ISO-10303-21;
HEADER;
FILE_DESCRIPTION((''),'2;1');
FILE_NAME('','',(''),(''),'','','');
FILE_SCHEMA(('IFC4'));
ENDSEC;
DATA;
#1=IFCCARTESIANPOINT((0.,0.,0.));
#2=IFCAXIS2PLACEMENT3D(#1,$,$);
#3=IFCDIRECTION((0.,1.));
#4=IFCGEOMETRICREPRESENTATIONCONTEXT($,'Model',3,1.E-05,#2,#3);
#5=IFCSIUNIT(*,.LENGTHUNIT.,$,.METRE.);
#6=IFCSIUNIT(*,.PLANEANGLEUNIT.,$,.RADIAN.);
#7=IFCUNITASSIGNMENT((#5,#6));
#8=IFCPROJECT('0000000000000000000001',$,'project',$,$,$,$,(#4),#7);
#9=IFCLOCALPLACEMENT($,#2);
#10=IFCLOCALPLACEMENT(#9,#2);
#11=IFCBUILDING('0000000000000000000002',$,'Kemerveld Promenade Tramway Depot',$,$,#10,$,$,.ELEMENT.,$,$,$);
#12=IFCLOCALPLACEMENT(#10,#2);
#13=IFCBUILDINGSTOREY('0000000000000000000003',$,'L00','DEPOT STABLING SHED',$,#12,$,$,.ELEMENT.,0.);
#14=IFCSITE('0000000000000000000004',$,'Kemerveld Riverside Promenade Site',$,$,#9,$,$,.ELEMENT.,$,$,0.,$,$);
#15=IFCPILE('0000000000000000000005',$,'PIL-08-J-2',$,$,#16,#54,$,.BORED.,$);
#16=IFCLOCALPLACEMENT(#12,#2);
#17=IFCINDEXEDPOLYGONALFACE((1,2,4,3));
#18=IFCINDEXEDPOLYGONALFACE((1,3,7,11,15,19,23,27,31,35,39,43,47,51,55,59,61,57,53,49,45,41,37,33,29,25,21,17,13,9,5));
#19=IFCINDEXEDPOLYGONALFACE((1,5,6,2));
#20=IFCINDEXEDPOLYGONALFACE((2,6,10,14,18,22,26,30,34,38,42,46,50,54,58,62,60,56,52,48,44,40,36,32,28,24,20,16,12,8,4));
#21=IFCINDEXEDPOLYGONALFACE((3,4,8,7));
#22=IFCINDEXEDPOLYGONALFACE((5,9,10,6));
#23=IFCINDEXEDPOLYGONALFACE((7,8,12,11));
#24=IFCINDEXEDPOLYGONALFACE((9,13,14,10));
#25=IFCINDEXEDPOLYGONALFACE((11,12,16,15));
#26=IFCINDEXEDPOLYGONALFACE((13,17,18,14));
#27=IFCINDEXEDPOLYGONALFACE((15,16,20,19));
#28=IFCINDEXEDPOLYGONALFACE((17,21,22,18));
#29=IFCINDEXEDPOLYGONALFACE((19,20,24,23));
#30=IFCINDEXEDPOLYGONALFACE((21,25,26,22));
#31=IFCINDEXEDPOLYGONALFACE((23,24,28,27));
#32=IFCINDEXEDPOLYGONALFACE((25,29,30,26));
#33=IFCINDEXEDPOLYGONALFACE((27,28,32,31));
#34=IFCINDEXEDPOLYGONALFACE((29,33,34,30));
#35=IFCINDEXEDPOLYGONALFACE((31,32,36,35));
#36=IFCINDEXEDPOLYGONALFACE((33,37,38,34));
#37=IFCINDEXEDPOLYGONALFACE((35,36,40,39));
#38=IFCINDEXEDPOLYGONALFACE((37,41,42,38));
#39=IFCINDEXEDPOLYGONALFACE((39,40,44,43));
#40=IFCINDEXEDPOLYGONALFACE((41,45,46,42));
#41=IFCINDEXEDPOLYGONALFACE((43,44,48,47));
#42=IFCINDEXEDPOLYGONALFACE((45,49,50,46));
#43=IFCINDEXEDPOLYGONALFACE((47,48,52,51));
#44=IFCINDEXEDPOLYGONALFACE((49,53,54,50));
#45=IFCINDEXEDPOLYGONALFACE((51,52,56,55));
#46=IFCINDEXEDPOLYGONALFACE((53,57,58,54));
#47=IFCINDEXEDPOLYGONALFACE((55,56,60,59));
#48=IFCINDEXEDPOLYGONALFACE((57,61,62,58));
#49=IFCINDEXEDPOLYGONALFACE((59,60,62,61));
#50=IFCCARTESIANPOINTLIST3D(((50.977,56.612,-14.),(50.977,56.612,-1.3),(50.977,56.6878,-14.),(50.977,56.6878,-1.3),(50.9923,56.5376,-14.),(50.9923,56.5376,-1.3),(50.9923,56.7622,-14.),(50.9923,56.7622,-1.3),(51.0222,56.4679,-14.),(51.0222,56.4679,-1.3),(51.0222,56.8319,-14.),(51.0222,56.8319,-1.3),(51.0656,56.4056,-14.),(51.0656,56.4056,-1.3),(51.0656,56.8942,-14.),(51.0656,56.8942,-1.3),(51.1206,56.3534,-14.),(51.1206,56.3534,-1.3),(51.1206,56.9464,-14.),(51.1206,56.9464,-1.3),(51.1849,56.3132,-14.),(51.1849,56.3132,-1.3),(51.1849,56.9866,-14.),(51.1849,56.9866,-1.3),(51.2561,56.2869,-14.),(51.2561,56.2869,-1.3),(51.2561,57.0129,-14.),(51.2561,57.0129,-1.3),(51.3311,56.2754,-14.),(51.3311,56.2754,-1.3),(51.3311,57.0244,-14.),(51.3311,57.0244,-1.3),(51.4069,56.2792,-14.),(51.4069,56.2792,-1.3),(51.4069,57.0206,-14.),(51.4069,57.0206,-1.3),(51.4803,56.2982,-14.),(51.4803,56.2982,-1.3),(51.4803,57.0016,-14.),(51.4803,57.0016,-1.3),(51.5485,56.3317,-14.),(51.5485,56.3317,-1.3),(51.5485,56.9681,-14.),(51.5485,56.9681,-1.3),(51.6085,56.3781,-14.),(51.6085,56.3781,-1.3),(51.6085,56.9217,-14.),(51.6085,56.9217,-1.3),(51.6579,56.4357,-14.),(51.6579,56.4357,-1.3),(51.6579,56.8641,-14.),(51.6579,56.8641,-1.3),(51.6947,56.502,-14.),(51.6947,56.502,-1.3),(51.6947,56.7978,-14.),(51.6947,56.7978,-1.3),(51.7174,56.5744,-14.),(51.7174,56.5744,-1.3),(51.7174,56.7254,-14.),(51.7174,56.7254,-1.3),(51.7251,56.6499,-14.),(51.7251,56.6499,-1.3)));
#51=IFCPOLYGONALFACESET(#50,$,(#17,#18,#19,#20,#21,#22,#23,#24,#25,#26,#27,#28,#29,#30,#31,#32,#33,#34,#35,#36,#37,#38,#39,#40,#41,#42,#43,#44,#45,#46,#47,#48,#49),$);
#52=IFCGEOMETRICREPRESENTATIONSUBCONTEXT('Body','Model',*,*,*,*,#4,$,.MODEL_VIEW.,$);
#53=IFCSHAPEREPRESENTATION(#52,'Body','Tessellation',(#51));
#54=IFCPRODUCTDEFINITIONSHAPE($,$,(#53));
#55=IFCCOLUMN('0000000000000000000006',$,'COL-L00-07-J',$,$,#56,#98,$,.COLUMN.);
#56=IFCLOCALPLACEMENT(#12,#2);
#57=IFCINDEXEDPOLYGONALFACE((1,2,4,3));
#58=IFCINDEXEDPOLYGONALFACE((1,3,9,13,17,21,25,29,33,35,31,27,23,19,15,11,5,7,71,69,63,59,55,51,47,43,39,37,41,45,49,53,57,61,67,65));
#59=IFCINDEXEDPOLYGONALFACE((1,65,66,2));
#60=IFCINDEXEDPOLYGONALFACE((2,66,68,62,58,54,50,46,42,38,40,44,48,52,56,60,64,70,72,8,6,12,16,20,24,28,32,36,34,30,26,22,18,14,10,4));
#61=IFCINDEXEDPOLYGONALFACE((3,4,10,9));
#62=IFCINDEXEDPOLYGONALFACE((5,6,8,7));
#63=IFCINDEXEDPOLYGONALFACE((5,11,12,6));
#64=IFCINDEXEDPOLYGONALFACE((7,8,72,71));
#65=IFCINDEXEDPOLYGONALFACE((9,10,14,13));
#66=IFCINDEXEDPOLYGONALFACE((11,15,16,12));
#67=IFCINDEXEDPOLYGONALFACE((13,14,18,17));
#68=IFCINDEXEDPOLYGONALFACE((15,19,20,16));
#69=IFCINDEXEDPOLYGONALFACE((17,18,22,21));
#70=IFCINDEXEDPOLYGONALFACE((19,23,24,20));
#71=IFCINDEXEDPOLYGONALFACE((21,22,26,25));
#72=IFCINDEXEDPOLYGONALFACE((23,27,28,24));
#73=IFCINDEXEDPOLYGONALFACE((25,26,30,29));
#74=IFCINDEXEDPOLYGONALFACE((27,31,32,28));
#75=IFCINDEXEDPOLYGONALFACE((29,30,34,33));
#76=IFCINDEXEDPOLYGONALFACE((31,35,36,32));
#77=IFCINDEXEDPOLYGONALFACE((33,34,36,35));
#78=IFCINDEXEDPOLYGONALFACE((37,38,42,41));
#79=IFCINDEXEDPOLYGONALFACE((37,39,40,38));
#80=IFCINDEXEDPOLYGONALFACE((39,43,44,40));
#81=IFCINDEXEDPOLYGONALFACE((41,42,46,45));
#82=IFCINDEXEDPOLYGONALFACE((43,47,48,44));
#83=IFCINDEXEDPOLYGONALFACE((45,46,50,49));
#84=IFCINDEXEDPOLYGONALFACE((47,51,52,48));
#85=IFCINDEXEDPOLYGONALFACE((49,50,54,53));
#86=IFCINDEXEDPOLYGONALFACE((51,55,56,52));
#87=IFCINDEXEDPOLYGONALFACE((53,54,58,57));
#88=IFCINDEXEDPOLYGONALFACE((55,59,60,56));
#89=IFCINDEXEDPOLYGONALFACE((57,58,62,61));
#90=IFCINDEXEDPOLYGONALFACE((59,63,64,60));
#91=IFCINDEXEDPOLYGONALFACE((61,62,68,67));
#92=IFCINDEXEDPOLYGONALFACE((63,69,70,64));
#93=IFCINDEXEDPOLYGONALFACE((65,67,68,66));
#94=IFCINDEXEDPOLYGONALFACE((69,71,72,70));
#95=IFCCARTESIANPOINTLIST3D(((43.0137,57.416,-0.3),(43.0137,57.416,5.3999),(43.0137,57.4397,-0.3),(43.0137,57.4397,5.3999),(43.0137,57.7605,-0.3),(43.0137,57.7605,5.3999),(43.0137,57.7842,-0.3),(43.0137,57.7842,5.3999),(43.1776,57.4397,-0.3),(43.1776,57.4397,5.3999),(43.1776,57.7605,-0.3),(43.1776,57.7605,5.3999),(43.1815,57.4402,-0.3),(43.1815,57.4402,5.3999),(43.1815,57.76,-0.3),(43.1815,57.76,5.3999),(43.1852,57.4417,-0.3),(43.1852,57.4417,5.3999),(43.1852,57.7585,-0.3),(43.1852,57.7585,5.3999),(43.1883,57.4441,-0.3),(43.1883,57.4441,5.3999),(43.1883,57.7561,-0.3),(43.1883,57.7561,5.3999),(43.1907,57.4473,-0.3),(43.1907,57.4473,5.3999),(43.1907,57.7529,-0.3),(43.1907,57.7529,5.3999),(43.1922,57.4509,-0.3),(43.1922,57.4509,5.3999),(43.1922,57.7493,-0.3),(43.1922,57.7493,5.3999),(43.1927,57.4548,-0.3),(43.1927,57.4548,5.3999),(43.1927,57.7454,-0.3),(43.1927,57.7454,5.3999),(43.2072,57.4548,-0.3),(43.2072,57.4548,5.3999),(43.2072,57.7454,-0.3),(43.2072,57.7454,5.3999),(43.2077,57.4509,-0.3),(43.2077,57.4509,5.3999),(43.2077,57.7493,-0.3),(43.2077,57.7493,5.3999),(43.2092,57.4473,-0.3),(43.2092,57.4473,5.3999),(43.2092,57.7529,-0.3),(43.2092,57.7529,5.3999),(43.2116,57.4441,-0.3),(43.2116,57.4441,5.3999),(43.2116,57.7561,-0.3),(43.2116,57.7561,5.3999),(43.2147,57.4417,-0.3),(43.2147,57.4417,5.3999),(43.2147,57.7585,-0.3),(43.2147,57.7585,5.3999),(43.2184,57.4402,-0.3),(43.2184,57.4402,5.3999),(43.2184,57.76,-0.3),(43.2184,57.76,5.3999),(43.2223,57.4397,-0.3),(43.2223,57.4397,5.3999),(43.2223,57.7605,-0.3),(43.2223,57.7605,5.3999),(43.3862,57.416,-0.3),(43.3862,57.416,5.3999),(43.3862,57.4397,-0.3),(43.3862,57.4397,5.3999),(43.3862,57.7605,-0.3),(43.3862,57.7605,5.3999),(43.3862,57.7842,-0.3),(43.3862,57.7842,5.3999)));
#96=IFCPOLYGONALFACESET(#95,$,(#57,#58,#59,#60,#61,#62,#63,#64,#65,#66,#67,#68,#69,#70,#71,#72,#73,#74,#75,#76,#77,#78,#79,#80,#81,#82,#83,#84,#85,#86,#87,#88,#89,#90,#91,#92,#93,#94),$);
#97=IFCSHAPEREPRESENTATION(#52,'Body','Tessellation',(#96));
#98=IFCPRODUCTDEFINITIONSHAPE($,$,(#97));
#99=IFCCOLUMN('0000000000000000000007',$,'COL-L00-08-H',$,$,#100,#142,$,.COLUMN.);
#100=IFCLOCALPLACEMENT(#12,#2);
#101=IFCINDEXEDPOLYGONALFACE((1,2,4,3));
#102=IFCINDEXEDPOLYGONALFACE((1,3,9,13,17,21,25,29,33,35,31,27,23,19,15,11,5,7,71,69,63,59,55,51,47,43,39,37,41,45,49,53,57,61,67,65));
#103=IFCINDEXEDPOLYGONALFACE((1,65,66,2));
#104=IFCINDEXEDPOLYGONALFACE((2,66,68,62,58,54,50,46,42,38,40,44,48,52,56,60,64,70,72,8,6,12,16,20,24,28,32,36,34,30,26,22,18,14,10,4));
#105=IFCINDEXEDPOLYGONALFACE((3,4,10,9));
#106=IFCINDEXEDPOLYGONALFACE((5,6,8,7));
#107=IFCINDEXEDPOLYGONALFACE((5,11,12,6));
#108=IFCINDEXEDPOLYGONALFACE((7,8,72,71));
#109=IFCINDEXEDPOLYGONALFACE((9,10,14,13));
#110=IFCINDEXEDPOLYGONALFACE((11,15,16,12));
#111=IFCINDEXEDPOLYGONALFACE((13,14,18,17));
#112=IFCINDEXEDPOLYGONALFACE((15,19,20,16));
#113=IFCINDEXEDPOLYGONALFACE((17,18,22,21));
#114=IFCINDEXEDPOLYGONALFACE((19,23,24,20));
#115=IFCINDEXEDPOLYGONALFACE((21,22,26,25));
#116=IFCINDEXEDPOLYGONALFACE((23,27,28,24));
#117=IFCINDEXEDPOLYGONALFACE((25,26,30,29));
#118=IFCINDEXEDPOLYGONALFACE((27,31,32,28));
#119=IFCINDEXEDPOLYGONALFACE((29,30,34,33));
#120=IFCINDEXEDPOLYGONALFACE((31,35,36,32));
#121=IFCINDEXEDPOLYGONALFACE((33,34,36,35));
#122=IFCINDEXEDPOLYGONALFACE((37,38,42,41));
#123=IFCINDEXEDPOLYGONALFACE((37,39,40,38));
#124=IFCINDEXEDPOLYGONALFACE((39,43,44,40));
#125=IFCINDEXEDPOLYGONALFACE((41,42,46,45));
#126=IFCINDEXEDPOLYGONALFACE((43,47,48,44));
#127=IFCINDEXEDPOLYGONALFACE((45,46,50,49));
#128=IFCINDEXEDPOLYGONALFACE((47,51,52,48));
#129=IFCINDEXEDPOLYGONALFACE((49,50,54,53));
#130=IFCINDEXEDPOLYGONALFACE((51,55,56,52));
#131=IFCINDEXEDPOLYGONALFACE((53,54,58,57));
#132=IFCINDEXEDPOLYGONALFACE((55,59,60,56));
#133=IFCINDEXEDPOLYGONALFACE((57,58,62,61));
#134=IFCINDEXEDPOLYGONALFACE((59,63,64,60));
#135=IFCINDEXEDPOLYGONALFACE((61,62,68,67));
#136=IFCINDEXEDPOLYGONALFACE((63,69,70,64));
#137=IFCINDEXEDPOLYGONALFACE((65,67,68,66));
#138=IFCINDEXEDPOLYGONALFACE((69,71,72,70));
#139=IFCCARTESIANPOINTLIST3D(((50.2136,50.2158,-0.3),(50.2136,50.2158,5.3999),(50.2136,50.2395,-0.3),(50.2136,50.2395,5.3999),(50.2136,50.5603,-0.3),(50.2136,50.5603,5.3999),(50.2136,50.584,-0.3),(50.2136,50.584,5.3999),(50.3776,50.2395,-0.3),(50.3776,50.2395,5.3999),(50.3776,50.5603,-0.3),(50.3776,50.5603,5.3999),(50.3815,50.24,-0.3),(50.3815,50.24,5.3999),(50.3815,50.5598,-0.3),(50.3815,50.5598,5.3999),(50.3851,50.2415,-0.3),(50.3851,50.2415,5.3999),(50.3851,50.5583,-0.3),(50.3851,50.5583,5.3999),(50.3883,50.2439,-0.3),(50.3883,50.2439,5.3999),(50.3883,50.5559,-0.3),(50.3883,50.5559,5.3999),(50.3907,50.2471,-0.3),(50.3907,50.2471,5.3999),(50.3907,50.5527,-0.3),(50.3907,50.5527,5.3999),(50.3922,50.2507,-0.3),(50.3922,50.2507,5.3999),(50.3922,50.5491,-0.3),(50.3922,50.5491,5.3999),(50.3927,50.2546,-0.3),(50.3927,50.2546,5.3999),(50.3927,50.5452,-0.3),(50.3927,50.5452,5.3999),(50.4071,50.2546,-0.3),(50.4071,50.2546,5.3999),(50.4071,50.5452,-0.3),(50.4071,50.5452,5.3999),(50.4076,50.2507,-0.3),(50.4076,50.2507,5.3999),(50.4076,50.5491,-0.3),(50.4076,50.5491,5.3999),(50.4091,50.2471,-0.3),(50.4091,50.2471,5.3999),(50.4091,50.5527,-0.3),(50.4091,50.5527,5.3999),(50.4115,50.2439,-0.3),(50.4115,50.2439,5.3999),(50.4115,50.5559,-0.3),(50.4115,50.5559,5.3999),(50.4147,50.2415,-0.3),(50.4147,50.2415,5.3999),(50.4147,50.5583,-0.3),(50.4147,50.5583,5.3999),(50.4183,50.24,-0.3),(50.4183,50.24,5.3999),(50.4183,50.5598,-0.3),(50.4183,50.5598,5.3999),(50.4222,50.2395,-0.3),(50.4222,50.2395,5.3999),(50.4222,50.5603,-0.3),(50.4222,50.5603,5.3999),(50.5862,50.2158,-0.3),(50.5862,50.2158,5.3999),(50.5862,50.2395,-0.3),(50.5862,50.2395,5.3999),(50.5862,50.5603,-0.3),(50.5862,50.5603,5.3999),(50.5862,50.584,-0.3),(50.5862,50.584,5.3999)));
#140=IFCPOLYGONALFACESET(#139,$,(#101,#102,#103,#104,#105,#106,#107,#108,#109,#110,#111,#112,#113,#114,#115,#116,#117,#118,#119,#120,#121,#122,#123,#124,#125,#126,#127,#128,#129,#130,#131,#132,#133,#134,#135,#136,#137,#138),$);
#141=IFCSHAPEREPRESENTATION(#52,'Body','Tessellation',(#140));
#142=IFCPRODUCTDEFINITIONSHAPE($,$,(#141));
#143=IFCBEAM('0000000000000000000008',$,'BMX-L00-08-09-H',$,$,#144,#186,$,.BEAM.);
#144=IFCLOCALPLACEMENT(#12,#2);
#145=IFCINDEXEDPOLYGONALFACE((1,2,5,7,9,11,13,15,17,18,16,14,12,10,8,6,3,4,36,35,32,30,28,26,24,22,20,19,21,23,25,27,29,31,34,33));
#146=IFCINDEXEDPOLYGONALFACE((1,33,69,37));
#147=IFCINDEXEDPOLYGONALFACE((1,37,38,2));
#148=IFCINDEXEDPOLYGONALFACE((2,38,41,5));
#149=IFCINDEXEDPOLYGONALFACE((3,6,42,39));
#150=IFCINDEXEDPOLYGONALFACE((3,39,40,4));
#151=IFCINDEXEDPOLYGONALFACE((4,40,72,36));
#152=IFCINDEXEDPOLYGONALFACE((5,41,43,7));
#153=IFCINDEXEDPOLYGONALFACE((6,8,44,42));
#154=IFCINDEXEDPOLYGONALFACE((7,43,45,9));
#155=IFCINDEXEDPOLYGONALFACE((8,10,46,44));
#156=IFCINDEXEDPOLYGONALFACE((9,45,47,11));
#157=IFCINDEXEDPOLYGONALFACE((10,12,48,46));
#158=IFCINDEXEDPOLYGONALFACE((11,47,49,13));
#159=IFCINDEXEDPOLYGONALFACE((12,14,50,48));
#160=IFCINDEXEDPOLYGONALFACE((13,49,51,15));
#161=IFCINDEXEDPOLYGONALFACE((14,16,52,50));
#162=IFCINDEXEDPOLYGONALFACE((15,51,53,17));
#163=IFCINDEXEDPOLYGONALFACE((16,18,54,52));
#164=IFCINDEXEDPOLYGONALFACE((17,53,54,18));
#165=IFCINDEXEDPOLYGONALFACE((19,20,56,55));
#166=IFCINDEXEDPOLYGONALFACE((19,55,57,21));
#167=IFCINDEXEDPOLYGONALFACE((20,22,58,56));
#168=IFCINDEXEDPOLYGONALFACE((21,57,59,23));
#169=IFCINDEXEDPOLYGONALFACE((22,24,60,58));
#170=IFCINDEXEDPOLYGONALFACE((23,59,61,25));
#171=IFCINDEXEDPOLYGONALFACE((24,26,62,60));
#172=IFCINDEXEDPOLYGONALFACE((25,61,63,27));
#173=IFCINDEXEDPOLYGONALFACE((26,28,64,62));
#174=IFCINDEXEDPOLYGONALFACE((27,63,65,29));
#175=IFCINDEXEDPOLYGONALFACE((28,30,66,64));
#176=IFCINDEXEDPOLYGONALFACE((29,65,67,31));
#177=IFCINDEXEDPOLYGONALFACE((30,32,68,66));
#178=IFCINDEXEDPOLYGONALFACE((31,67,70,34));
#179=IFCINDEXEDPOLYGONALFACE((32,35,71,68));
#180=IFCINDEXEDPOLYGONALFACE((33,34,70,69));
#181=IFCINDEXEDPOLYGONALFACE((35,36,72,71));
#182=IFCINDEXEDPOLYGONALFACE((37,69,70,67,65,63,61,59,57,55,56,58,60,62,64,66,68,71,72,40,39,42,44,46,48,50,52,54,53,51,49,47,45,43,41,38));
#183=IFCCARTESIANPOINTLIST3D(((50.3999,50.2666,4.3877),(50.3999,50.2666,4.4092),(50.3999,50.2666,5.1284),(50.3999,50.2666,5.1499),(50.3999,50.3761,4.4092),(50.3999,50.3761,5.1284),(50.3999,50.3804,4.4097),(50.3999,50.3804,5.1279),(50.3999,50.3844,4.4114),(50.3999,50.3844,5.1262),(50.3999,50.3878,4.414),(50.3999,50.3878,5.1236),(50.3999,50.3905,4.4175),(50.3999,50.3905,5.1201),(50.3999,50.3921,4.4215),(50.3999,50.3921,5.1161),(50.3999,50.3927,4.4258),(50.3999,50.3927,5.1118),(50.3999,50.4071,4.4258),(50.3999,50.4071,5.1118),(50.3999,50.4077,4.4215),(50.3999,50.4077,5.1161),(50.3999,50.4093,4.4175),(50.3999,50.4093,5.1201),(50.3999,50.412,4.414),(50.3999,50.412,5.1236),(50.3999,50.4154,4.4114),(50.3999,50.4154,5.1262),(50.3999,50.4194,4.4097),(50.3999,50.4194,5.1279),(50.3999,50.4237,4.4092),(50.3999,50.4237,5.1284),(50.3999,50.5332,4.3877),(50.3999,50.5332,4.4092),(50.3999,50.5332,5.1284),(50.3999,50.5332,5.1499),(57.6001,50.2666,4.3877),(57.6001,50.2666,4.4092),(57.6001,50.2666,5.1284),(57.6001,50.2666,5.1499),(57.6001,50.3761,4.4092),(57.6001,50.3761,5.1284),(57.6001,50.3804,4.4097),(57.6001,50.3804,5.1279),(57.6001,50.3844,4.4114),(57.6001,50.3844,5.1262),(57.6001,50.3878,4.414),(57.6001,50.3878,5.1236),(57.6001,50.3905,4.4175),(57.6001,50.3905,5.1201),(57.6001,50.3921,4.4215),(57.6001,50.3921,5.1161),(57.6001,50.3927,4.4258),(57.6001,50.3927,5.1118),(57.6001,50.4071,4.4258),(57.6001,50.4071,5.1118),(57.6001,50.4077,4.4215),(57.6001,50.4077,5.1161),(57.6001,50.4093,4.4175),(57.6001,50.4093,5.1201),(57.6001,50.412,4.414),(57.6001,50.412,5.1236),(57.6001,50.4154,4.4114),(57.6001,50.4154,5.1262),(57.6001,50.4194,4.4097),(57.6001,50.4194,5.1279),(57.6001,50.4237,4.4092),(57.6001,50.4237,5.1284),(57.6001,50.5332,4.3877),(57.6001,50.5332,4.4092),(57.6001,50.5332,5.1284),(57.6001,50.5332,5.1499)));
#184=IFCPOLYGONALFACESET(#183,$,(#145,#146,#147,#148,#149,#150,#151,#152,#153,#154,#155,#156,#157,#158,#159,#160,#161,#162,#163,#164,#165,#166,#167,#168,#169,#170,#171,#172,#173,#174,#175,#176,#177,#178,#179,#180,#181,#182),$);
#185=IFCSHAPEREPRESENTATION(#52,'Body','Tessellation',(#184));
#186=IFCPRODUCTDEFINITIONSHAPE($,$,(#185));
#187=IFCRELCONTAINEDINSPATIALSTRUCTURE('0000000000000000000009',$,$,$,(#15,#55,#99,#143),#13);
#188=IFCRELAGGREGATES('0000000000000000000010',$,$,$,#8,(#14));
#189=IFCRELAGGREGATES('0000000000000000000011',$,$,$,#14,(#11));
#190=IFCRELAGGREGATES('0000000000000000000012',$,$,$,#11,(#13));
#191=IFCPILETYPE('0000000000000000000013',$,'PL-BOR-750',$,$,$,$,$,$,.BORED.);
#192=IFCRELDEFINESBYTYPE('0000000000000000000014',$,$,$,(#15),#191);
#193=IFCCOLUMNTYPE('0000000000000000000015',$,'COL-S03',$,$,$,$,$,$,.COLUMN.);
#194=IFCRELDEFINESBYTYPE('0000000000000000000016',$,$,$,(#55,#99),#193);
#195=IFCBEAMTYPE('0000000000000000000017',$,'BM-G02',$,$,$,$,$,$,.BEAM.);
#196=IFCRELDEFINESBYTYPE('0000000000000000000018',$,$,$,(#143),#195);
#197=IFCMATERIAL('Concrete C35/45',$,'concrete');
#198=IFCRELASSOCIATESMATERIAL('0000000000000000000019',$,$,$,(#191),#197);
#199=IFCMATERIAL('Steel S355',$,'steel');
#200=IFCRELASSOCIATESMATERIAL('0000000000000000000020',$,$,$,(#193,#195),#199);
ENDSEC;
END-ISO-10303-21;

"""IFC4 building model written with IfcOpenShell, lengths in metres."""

from ifc_helpers import new_model, si_unit, direction, frame, origin, origin_2d, place, context, subcontext, project, spatial, circle, i_section, extrude, material, material_profile, profile_set, type_object, element, save


model = new_model("IFC4")

# Units and contexts
model_context = context("Model", 3, precision=1e-05, world=origin(), true_north=direction((0.0, 1.0)))
body_context = subcontext(model_context, "Body", "Model", "MODEL_VIEW")
ifc_project = project(units=[si_unit("LENGTHUNIT", "METRE"), si_unit("PLANEANGLEUNIT", "RADIAN")], contexts=[model_context])

# Site, building, storey
site_placement = place(None, origin())
site = spatial("IfcSite", under=ifc_project, at=site_placement, Name="Kemerveld Riverside Promenade Site", CompositionType="ELEMENT", RefElevation=0.0)
building_placement = place(site_placement, origin())
building = spatial("IfcBuilding", under=site, at=building_placement, Name="Kemerveld Promenade Tramway Depot", CompositionType="ELEMENT")
storey_placement = place(building_placement, origin())
storey = spatial("IfcBuildingStorey", under=building, at=storey_placement, Name="L00", Description="DEPOT STABLING SHED", CompositionType="ELEMENT", Elevation=0.0)

# Shared definitions
ifc_material_1 = material(Name="Concrete C35/45", Category="concrete")

# Pile
ifc_material_profile_1 = material_profile(ifc_material_1, circle(Radius=0.375, at=origin_2d()), Name="PILE-D750")
ifc_profile_set_1 = profile_set([ifc_material_profile_1], Name="Concrete C35/45")
pile_type_1 = type_object("IfcPileType", Name="PL-BOR-750", PredefinedType="BORED", material=ifc_profile_set_1)
for number, where, z_axis, x_axis, name in (
    (1, (51.3501, 56.6499, -1.3), (0.0, 0.0, -1.0), (1.0, 0.0, 0.0), "PIL-08-J-2"),
):
    element("IfcPile", number, at=place(storey_placement, frame(where, z_axis=z_axis, x_axis=x_axis)), inside=storey, type_object=pile_type_1, Name=name, PredefinedType="BORED", context=body_context, shape_type="SweptSolid", body=[
        extrude(circle(Radius=0.375, at=origin_2d()), origin(), (0.0, 0.0, 1.0), 12.7),
    ])

# Columns
ifc_material_2 = material(Name="Steel S355", Category="steel")
ifc_material_profile_2 = material_profile(ifc_material_2, i_section(OverallWidth=0.3726, OverallDepth=0.3682, WebThickness=0.0144, FlangeThickness=0.0237, FilletRadius=0.0151, at=origin_2d()), Name="356x368x177 UC")
ifc_profile_set_2 = profile_set([ifc_material_profile_2], Name="Steel S355")
column_type = type_object("IfcColumnType", Name="COL-S03", PredefinedType="COLUMN", material=ifc_profile_set_2)
for number, where, z_axis, x_axis, name in (
    (2, (43.2, 57.6001, -0.3), (0.0, 0.0, 1.0), (1.0, 0.0, 0.0), "COL-L00-07-J"),
    (3, (50.3999, 50.3999, -0.3), (0.0, 0.0, 1.0), (1.0, 0.0, 0.0), "COL-L00-08-H"),
):
    element("IfcColumn", number, at=place(storey_placement, frame(where, z_axis=z_axis, x_axis=x_axis)), inside=storey, type_object=column_type, Name=name, PredefinedType="COLUMN", context=body_context, shape_type="SweptSolid", body=[
        extrude(i_section(OverallWidth=0.3726, OverallDepth=0.3682, WebThickness=0.0144, FlangeThickness=0.0237, FilletRadius=0.0151, at=origin_2d()), origin(), (0.0, 0.0, 1.0), 5.7),
    ])

# Beam
ifc_material_profile_3 = material_profile(ifc_material_2, i_section(OverallWidth=0.2666, OverallDepth=0.7622, WebThickness=0.0144, FlangeThickness=0.0215, FilletRadius=0.0166, at=origin_2d()), Name="762x267x173 UB")
ifc_profile_set_3 = profile_set([ifc_material_profile_3], Name="Steel S355")
beam_type_1 = type_object("IfcBeamType", Name="BM-G02", PredefinedType="BEAM", material=ifc_profile_set_3)
beam_1_placement = place(storey_placement, frame((50.3999, 50.3999, 4.7688), z_axis=(1.0, 0.0, 0.0), x_axis=(0.0, 1.0, 0.0)))
element("IfcBeam", 4, at=beam_1_placement, inside=storey, type_object=beam_type_1, Name="BMX-L00-08-09-H", PredefinedType="BEAM", context=body_context, shape_type="SweptSolid", body=[
    extrude(i_section(OverallWidth=0.2666, OverallDepth=0.7622, WebThickness=0.0144, FlangeThickness=0.0215, FilletRadius=0.0166, at=origin_2d()), origin(), (0.0, 0.0, 1.0), 7.2002),
])

save(model, "model.ifc")
